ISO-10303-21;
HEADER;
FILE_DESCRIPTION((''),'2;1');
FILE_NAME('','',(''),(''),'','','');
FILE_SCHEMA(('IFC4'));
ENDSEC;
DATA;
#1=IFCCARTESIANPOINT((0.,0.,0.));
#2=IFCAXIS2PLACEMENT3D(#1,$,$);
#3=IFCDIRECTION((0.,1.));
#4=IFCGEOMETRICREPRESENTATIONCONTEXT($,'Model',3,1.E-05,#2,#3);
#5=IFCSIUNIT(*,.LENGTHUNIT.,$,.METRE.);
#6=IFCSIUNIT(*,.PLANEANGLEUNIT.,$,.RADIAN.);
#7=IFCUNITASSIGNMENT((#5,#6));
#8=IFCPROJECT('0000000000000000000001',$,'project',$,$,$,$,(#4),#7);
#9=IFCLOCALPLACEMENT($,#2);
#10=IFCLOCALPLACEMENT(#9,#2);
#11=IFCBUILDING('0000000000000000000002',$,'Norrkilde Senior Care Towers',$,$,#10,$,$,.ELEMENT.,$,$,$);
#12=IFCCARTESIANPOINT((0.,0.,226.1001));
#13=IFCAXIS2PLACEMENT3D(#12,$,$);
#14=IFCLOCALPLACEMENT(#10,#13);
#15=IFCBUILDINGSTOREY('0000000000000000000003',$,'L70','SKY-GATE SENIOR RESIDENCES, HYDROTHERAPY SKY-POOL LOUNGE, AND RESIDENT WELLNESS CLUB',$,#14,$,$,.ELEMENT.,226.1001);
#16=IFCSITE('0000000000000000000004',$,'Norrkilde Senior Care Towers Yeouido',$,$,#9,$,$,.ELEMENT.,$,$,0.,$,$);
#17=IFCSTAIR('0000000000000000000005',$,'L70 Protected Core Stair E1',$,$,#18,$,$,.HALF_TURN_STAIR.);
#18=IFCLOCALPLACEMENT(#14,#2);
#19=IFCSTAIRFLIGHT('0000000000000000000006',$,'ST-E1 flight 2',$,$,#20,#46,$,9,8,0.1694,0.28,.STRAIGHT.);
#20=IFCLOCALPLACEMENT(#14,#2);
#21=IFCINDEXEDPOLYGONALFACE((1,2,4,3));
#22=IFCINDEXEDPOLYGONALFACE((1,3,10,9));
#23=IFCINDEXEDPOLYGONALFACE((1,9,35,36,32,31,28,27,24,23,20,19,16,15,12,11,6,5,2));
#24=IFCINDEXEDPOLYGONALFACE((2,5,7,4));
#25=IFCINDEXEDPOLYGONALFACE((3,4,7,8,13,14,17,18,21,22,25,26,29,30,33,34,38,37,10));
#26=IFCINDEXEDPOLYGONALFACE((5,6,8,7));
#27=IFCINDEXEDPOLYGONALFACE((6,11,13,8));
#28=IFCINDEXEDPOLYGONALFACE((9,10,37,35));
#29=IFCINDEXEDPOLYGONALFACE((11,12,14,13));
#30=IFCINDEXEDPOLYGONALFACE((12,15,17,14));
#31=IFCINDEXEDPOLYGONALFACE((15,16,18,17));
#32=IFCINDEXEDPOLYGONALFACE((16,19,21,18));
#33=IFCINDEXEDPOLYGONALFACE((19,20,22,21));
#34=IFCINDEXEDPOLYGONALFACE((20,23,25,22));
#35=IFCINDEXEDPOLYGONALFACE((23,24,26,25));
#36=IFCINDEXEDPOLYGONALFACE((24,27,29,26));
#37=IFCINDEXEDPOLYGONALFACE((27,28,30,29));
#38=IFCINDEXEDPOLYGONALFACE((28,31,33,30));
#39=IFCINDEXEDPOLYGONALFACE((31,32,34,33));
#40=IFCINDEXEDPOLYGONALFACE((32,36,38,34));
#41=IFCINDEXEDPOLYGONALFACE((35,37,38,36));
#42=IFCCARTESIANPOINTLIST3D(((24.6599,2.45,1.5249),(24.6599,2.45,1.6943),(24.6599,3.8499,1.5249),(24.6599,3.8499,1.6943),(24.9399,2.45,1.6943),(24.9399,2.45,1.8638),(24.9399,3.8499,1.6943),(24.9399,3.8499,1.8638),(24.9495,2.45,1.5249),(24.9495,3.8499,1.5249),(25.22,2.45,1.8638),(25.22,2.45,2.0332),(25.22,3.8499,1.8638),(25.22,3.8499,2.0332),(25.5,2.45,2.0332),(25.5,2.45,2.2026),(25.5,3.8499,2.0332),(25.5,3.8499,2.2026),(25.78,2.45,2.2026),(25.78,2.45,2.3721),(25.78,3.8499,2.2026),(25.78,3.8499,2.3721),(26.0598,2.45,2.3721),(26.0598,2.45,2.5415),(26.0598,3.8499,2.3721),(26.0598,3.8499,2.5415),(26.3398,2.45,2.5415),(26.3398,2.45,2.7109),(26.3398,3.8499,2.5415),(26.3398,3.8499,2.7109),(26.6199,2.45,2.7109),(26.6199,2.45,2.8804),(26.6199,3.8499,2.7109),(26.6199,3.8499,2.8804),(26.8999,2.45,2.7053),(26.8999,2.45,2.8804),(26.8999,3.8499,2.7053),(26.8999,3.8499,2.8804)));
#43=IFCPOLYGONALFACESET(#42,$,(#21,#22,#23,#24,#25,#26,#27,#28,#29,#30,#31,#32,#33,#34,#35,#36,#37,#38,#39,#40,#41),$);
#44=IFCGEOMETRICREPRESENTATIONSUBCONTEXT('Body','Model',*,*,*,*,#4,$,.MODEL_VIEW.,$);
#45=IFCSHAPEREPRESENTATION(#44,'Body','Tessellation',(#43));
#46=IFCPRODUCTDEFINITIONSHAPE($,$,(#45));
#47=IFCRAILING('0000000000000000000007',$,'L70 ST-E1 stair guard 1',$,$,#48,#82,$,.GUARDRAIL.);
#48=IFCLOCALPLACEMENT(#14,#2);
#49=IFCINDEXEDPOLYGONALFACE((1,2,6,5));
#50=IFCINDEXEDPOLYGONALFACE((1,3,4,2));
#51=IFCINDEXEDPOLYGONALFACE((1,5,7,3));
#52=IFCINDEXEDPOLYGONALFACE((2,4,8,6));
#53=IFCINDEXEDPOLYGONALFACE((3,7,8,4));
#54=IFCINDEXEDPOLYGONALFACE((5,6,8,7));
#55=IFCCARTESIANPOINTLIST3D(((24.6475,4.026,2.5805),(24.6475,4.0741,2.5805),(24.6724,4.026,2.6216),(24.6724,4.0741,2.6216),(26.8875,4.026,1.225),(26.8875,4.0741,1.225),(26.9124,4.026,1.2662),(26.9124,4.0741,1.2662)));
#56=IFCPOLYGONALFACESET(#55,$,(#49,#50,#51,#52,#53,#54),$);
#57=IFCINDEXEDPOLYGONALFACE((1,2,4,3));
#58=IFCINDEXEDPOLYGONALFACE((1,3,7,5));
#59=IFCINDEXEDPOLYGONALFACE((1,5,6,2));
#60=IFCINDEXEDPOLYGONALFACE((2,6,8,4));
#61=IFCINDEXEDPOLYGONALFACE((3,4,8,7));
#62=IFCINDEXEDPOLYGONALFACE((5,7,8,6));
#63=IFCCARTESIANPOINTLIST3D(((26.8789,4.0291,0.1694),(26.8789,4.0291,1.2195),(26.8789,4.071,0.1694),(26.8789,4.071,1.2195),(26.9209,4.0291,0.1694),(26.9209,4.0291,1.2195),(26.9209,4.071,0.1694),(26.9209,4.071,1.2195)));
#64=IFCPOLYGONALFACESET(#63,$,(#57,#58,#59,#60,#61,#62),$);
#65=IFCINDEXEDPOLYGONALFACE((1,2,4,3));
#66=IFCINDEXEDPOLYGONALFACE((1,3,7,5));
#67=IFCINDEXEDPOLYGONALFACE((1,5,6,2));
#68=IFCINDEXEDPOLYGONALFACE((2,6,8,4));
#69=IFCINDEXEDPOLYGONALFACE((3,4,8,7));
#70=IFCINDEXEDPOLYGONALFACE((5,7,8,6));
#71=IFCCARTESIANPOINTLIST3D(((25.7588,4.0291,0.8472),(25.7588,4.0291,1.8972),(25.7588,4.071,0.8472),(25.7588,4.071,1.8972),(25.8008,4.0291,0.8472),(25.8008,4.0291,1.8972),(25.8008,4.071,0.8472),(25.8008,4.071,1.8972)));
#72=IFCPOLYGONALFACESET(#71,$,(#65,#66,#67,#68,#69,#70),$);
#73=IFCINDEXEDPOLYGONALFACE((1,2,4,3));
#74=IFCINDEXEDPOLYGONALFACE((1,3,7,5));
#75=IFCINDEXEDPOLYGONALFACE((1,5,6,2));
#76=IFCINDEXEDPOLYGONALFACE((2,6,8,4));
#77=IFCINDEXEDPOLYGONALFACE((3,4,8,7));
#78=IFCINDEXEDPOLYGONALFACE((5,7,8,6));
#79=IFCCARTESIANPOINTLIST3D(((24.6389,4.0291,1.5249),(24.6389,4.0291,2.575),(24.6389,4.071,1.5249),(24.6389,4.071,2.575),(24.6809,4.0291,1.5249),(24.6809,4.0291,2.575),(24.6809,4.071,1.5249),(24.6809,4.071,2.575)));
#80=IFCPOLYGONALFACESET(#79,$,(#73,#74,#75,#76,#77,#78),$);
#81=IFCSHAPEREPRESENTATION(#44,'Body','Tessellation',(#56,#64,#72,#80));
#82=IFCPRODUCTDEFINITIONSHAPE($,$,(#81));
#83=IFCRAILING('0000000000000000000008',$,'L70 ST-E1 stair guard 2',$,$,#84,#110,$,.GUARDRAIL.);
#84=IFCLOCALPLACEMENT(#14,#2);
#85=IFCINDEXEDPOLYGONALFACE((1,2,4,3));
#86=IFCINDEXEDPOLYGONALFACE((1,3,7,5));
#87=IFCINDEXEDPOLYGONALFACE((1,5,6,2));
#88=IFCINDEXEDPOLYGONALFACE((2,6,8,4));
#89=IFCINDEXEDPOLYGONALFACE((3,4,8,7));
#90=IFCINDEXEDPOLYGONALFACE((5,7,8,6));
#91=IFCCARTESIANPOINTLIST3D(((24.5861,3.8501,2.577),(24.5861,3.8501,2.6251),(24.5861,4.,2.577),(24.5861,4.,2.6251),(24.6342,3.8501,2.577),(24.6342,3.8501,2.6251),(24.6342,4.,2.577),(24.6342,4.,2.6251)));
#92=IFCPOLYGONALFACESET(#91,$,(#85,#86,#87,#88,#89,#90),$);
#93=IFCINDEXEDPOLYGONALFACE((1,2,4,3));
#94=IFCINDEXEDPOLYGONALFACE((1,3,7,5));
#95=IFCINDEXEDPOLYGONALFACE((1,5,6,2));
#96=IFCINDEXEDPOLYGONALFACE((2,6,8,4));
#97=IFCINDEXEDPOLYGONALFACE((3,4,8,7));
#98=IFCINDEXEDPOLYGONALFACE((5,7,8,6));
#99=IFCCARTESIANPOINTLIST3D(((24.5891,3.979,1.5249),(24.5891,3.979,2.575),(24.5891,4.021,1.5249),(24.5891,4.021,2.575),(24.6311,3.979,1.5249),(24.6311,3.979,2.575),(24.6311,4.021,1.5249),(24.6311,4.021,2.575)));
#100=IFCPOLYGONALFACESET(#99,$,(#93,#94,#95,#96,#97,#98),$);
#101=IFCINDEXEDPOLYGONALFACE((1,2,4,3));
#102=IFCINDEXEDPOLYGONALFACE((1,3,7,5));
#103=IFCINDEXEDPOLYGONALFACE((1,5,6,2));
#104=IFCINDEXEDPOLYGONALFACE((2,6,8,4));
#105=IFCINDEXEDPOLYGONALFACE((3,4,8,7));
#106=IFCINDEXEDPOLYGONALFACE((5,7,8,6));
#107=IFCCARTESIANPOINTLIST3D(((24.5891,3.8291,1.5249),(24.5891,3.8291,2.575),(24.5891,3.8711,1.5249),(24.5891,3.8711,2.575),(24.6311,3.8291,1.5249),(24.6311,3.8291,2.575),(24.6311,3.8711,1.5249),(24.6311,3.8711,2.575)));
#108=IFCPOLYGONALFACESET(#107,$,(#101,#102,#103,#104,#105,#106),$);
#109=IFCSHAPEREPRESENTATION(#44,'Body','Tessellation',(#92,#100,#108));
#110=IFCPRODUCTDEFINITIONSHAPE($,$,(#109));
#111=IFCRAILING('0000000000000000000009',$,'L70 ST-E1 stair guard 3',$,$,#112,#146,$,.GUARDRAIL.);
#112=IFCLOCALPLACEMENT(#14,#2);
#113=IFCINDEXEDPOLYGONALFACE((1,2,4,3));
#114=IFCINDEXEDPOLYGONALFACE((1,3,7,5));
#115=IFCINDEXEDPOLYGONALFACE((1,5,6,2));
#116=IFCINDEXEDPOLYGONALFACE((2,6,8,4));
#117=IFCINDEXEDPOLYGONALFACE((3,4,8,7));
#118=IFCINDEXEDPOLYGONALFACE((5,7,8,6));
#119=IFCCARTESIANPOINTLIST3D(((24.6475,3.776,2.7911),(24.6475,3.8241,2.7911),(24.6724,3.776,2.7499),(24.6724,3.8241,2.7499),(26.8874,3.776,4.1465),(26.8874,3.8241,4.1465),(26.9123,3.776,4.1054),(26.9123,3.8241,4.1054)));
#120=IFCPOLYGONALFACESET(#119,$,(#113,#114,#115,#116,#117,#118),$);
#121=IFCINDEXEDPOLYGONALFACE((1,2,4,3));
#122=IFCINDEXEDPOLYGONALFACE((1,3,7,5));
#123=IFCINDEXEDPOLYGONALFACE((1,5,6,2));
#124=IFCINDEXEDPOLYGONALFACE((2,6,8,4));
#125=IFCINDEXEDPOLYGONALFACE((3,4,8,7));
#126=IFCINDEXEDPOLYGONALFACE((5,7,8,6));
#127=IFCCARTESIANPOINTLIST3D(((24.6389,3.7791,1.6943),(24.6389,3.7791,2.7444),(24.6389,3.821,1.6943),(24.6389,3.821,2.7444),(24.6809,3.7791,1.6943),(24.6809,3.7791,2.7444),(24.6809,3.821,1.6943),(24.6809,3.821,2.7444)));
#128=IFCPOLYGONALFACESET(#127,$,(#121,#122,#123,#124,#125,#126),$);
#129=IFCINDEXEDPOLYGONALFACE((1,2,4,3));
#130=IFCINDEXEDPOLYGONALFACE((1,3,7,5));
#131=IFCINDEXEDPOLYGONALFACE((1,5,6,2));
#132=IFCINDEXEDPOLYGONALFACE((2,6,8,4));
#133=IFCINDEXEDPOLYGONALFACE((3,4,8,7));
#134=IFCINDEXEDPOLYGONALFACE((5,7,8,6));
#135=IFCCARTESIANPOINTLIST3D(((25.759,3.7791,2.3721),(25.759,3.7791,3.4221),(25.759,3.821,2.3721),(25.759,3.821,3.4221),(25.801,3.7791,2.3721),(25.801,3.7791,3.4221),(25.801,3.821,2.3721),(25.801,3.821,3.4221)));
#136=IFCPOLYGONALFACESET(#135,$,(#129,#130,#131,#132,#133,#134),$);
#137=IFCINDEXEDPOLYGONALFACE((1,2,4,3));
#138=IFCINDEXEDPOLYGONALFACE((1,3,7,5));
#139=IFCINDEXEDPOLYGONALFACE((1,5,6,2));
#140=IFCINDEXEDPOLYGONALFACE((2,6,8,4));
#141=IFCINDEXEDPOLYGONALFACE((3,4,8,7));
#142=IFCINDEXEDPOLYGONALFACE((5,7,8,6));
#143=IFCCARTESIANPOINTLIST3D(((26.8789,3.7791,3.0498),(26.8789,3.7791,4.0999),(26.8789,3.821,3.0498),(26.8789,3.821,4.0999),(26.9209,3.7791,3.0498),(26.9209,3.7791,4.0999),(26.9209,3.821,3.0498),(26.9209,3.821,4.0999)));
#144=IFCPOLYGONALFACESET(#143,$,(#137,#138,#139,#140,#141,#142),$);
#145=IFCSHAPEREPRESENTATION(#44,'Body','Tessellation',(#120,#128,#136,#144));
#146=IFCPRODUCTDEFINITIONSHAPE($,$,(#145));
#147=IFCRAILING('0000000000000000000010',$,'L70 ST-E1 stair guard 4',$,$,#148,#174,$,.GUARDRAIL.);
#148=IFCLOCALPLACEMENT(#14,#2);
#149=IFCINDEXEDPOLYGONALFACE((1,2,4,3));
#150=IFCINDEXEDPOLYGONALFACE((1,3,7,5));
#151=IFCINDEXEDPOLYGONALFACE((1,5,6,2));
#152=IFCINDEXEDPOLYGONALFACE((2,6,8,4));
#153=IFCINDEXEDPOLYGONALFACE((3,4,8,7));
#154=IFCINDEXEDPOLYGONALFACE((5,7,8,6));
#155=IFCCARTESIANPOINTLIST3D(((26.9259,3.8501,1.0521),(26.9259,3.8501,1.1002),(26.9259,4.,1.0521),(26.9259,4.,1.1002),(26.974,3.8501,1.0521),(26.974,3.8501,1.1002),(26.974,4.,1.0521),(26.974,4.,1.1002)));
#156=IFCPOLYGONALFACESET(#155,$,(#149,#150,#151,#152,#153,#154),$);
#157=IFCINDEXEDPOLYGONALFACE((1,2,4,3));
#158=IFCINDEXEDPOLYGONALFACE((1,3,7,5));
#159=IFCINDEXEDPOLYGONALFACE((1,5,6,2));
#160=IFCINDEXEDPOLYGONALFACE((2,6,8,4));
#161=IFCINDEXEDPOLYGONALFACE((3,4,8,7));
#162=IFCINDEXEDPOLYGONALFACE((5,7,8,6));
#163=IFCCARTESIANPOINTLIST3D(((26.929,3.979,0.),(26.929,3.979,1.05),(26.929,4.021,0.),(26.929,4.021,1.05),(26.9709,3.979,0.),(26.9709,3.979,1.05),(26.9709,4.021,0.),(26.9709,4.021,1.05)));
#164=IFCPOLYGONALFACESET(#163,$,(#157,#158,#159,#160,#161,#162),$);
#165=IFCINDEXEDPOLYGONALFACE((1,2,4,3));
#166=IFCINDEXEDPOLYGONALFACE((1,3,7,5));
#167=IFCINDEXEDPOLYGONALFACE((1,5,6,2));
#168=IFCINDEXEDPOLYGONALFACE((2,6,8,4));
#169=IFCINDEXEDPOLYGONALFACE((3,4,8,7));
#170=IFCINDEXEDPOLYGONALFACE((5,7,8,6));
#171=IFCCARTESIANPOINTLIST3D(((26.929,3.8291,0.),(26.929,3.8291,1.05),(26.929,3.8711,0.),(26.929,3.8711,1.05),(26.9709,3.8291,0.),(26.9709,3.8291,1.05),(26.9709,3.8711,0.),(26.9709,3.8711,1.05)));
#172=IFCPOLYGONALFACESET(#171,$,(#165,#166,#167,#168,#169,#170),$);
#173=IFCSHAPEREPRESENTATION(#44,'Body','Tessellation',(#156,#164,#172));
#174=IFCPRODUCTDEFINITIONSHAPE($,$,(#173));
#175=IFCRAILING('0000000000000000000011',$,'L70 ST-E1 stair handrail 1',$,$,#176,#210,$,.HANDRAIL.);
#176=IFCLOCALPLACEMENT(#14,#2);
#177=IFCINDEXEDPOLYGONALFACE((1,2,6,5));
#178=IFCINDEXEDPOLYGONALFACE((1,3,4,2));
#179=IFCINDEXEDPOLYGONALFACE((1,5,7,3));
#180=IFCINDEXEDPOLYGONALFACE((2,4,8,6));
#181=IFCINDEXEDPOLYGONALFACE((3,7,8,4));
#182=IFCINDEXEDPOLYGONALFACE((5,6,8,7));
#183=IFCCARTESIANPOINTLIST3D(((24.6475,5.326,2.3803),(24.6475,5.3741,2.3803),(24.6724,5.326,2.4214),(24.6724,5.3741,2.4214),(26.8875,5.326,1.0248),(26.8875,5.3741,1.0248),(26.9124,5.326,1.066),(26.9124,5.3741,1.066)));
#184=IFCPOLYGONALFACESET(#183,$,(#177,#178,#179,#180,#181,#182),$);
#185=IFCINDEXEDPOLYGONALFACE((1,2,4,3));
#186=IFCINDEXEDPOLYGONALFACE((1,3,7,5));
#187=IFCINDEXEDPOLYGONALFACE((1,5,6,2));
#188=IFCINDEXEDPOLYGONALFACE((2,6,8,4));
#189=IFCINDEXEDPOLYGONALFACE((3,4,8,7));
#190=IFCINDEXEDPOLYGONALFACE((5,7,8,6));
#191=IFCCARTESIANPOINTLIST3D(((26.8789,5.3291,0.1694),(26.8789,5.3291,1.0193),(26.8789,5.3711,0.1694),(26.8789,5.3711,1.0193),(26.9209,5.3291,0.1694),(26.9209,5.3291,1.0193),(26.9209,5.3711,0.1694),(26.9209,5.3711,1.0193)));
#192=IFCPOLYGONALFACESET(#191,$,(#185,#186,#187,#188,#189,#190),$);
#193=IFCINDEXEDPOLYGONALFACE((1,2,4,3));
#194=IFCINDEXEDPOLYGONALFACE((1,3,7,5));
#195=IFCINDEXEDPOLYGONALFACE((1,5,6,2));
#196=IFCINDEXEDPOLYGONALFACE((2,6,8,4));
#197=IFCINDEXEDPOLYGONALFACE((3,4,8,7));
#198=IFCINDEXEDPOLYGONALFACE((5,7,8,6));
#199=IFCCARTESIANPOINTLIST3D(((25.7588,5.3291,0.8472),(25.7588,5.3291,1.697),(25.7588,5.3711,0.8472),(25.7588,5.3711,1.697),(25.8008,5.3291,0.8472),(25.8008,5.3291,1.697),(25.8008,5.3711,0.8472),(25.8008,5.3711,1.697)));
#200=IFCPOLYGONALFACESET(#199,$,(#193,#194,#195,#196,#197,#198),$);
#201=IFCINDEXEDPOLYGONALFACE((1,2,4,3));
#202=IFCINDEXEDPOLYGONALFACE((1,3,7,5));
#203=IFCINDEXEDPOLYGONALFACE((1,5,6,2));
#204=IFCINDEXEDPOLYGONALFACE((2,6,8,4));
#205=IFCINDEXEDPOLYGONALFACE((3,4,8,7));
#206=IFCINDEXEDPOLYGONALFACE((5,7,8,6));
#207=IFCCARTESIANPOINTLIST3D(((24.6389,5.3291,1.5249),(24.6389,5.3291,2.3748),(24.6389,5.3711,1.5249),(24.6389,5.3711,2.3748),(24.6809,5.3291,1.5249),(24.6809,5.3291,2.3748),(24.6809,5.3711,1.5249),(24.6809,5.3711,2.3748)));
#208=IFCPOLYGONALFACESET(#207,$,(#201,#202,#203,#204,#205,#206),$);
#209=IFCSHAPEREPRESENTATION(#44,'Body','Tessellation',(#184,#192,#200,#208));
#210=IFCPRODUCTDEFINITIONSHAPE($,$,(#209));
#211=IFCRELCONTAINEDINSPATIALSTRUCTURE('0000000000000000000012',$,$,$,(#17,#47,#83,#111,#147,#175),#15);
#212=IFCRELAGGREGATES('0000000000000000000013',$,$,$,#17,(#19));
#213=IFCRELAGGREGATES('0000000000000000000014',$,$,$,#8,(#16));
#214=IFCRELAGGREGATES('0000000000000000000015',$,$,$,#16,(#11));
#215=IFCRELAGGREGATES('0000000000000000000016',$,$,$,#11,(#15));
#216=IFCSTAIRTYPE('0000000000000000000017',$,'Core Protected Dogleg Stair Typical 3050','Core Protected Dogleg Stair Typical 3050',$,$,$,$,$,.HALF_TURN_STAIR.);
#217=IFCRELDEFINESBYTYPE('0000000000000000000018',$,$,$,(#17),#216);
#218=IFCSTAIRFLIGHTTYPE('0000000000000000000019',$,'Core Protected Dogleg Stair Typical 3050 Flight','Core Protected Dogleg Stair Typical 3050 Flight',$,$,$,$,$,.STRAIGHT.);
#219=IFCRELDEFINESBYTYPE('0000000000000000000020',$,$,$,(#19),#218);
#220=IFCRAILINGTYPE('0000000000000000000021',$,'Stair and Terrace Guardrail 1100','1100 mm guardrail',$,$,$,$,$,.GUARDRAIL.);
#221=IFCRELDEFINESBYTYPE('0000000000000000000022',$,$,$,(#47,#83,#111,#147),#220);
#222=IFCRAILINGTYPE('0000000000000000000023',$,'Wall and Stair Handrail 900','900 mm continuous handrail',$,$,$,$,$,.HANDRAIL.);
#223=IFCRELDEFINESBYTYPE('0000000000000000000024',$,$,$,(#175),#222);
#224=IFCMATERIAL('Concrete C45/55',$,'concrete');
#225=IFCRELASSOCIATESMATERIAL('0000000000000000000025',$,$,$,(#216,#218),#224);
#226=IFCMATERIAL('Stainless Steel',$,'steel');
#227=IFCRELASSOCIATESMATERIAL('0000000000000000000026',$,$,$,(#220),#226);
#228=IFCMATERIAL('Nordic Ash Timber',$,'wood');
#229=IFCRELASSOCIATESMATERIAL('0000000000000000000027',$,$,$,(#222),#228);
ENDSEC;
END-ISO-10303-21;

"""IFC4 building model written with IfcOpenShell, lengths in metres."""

from ifc_helpers import new_model, si_unit, direction, frame, origin, origin_2d, place, context, subcontext, project, spatial, polyline, rectangle, outline, extrude, material, type_object, element, aggregate, save


model = new_model("IFC4")

# Units and contexts
model_context = context("Model", 3, precision=1e-05, world=origin(), true_north=direction((0.0, 1.0)))
body_context = subcontext(model_context, "Body", "Model", "MODEL_VIEW")
ifc_project = project(units=[si_unit("LENGTHUNIT", "METRE"), si_unit("PLANEANGLEUNIT", "RADIAN")], contexts=[model_context])

# Site, building, storey
site_placement = place(None, origin())
site = spatial("IfcSite", under=ifc_project, at=site_placement, Name="Norrkilde Senior Care Towers Yeouido", CompositionType="ELEMENT", RefElevation=0.0)
building_placement = place(site_placement, origin())
building = spatial("IfcBuilding", under=site, at=building_placement, Name="Norrkilde Senior Care Towers", CompositionType="ELEMENT")
storey_placement = place(building_placement, frame((0.0, 0.0, 226.1001)))
storey = spatial("IfcBuildingStorey", under=building, at=storey_placement, Name="L70", Description="SKY-GATE SENIOR RESIDENCES, HYDROTHERAPY SKY-POOL LOUNGE, AND RESIDENT WELLNESS CLUB", CompositionType="ELEMENT", Elevation=226.1001)

# Shared definitions
ifc_material_1 = material(Name="Concrete C45/55", Category="concrete")

# Shared definitions
ifc_material_2 = material(Name="Stainless Steel", Category="steel")

# Stair, stair flight
stair_type = type_object("IfcStairType", Name="Core Protected Dogleg Stair Typical 3050", Description="Core Protected Dogleg Stair Typical 3050", PredefinedType="HALF_TURN_STAIR", material=ifc_material_1)
stair_placement = place(storey_placement, origin())
stair = element("IfcStair", 1, at=stair_placement, inside=storey, type_object=stair_type, Name="L70 Protected Core Stair E1", PredefinedType="HALF_TURN_STAIR")
stair_flight_type = type_object("IfcStairFlightType", Name="Core Protected Dogleg Stair Typical 3050 Flight", Description="Core Protected Dogleg Stair Typical 3050 Flight", PredefinedType="STRAIGHT", material=ifc_material_1)
stair_flight_1_placement = place(storey_placement, frame((24.6599, 3.1499, 1.5249), z_axis=(0.0, 0.0, 1.0), x_axis=(1.0, 0.0, 0.0)))
stair_flight_1 = element("IfcStairFlight", 2, at=stair_flight_1_placement, type_object=stair_flight_type, Name="ST-E1 flight 2", NumberOfRisers=9, NumberOfTreads=8, PredefinedType="STRAIGHT", RiserHeight=0.1694, TreadLength=0.28, context=body_context, shape_type="SweptSolid", body=[
    extrude(outline(polyline([(0.0, 0.0), (0.0, 0.1694), (0.28, 0.1694), (0.28, 0.3389), (0.5601, 0.3389), (0.5601, 0.5083), (0.8401, 0.5083), (0.8401, 0.6777), (1.1201, 0.6777), (1.1201, 0.8472), (1.3999, 0.8472), (1.3999, 1.0166), (1.6799, 1.0166), (1.6799, 1.186), (1.96, 1.186), (1.96, 1.3555), (2.24, 1.3555), (2.24, 1.5249), (2.24, 1.1804), (0.2896, 0.0), (0.0, 0.0)])), frame((0.0, 0.7, 0.0), z_axis=(0.0, -1.0, 0.0), x_axis=(1.0, 0.0, 0.0)), (0.0, 0.0, 1.0), 1.3999),
])
aggregate(stair, [stair_flight_1])

# Railings
railing_type_1 = type_object("IfcRailingType", Name="Stair and Terrace Guardrail 1100", Description="1100 mm guardrail", PredefinedType="GUARDRAIL", material=ifc_material_2)
railing_1_placement = place(storey_placement, frame((26.8999, 4.05, 0.1694)))
element("IfcRailing", 3, at=railing_1_placement, inside=storey, type_object=railing_type_1, Name="L70 ST-E1 stair guard 1", PredefinedType="GUARDRAIL", context=body_context, shape_type="SweptSolid", body=[
    extrude(rectangle(XDim=0.0481, YDim=0.0481, at=origin_2d()), frame((0.0, 0.0, 1.0762), z_axis=(-0.855553, 0.0, 0.517715), x_axis=(0.0, -1.0, 0.0)), (0.0, 0.0, 1.0), 2.6182),
    extrude(rectangle(XDim=0.042, YDim=0.042, at=origin_2d()), origin(), (0.0, 0.0, 1.0), 1.05),
    extrude(rectangle(XDim=0.042, YDim=0.042, at=origin_2d()), frame((-1.1201, 0.0, 0.6777)), (0.0, 0.0, 1.0), 1.05),
    extrude(rectangle(XDim=0.042, YDim=0.042, at=origin_2d()), frame((-2.24, 0.0, 1.3555)), (0.0, 0.0, 1.0), 1.05),
])
railing_2_placement = place(storey_placement, frame((24.6101, 4.0, 1.5249)))
element("IfcRailing", 4, at=railing_2_placement, inside=storey, type_object=railing_type_1, Name="L70 ST-E1 stair guard 2", PredefinedType="GUARDRAIL", context=body_context, shape_type="SweptSolid", body=[
    extrude(rectangle(XDim=0.0481, YDim=0.0481, at=origin_2d()), frame((0.0, 0.0, 1.0762), z_axis=(0.0, -1.0, 0.0), x_axis=(1.0, 0.0, 0.0)), (0.0, 0.0, 1.0), 0.1499),
    extrude(rectangle(XDim=0.042, YDim=0.042, at=origin_2d()), origin(), (0.0, 0.0, 1.0), 1.05),
    extrude(rectangle(XDim=0.042, YDim=0.042, at=origin_2d()), frame((0.0, -0.1499, 0.0)), (0.0, 0.0, 1.0), 1.05),
])
railing_3_placement = place(storey_placement, frame((24.6599, 3.8, 1.6943)))
element("IfcRailing", 5, at=railing_3_placement, inside=storey, type_object=railing_type_1, Name="L70 ST-E1 stair guard 3", PredefinedType="GUARDRAIL", context=body_context, shape_type="SweptSolid", body=[
    extrude(rectangle(XDim=0.0481, YDim=0.0481, at=origin_2d()), frame((0.0, 0.0, 1.0762), z_axis=(0.855553, 0.0, 0.517715), x_axis=(0.0, 1.0, 0.0)), (0.0, 0.0, 1.0), 2.6182),
    extrude(rectangle(XDim=0.042, YDim=0.042, at=origin_2d()), origin(), (0.0, 0.0, 1.0), 1.05),
    extrude(rectangle(XDim=0.042, YDim=0.042, at=origin_2d()), frame((1.1201, 0.0, 0.6777)), (0.0, 0.0, 1.0), 1.05),
    extrude(rectangle(XDim=0.042, YDim=0.042, at=origin_2d()), frame((2.24, 0.0, 1.3555)), (0.0, 0.0, 1.0), 1.05),
])
railing_4_placement = place(storey_placement, frame((26.95, 4.0, 0.0)))
element("IfcRailing", 6, at=railing_4_placement, inside=storey, type_object=railing_type_1, Name="L70 ST-E1 stair guard 4", PredefinedType="GUARDRAIL", context=body_context, shape_type="SweptSolid", body=[
    extrude(rectangle(XDim=0.0481, YDim=0.0481, at=origin_2d()), frame((0.0, 0.0, 1.0762), z_axis=(0.0, -1.0, 0.0), x_axis=(1.0, 0.0, 0.0)), (0.0, 0.0, 1.0), 0.1499),
    extrude(rectangle(XDim=0.042, YDim=0.042, at=origin_2d()), origin(), (0.0, 0.0, 1.0), 1.05),
    extrude(rectangle(XDim=0.042, YDim=0.042, at=origin_2d()), frame((0.0, -0.1499, 0.0)), (0.0, 0.0, 1.0), 1.05),
])
ifc_material_3 = material(Name="Nordic Ash Timber", Category="wood")
railing_type_2 = type_object("IfcRailingType", Name="Wall and Stair Handrail 900", Description="900 mm continuous handrail", PredefinedType="HANDRAIL", material=ifc_material_3)
railing_5_placement = place(storey_placement, frame((26.8999, 5.3501, 0.1694)))
element("IfcRailing", 7, at=railing_5_placement, inside=storey, type_object=railing_type_2, Name="L70 ST-E1 stair handrail 1", PredefinedType="HANDRAIL", context=body_context, shape_type="SweptSolid", body=[
    extrude(rectangle(XDim=0.0481, YDim=0.0481, at=origin_2d()), frame((0.0, 0.0, 0.876), z_axis=(-0.855553, 0.0, 0.517715), x_axis=(0.0, -1.0, 0.0)), (0.0, 0.0, 1.0), 2.6182),
    extrude(rectangle(XDim=0.042, YDim=0.042, at=origin_2d()), origin(), (0.0, 0.0, 1.0), 0.8499),
    extrude(rectangle(XDim=0.042, YDim=0.042, at=origin_2d()), frame((-1.1201, 0.0, 0.6777)), (0.0, 0.0, 1.0), 0.8499),
    extrude(rectangle(XDim=0.042, YDim=0.042, at=origin_2d()), frame((-2.24, 0.0, 1.3555)), (0.0, 0.0, 1.0), 0.8499),
])

save(model, "model.ifc")
